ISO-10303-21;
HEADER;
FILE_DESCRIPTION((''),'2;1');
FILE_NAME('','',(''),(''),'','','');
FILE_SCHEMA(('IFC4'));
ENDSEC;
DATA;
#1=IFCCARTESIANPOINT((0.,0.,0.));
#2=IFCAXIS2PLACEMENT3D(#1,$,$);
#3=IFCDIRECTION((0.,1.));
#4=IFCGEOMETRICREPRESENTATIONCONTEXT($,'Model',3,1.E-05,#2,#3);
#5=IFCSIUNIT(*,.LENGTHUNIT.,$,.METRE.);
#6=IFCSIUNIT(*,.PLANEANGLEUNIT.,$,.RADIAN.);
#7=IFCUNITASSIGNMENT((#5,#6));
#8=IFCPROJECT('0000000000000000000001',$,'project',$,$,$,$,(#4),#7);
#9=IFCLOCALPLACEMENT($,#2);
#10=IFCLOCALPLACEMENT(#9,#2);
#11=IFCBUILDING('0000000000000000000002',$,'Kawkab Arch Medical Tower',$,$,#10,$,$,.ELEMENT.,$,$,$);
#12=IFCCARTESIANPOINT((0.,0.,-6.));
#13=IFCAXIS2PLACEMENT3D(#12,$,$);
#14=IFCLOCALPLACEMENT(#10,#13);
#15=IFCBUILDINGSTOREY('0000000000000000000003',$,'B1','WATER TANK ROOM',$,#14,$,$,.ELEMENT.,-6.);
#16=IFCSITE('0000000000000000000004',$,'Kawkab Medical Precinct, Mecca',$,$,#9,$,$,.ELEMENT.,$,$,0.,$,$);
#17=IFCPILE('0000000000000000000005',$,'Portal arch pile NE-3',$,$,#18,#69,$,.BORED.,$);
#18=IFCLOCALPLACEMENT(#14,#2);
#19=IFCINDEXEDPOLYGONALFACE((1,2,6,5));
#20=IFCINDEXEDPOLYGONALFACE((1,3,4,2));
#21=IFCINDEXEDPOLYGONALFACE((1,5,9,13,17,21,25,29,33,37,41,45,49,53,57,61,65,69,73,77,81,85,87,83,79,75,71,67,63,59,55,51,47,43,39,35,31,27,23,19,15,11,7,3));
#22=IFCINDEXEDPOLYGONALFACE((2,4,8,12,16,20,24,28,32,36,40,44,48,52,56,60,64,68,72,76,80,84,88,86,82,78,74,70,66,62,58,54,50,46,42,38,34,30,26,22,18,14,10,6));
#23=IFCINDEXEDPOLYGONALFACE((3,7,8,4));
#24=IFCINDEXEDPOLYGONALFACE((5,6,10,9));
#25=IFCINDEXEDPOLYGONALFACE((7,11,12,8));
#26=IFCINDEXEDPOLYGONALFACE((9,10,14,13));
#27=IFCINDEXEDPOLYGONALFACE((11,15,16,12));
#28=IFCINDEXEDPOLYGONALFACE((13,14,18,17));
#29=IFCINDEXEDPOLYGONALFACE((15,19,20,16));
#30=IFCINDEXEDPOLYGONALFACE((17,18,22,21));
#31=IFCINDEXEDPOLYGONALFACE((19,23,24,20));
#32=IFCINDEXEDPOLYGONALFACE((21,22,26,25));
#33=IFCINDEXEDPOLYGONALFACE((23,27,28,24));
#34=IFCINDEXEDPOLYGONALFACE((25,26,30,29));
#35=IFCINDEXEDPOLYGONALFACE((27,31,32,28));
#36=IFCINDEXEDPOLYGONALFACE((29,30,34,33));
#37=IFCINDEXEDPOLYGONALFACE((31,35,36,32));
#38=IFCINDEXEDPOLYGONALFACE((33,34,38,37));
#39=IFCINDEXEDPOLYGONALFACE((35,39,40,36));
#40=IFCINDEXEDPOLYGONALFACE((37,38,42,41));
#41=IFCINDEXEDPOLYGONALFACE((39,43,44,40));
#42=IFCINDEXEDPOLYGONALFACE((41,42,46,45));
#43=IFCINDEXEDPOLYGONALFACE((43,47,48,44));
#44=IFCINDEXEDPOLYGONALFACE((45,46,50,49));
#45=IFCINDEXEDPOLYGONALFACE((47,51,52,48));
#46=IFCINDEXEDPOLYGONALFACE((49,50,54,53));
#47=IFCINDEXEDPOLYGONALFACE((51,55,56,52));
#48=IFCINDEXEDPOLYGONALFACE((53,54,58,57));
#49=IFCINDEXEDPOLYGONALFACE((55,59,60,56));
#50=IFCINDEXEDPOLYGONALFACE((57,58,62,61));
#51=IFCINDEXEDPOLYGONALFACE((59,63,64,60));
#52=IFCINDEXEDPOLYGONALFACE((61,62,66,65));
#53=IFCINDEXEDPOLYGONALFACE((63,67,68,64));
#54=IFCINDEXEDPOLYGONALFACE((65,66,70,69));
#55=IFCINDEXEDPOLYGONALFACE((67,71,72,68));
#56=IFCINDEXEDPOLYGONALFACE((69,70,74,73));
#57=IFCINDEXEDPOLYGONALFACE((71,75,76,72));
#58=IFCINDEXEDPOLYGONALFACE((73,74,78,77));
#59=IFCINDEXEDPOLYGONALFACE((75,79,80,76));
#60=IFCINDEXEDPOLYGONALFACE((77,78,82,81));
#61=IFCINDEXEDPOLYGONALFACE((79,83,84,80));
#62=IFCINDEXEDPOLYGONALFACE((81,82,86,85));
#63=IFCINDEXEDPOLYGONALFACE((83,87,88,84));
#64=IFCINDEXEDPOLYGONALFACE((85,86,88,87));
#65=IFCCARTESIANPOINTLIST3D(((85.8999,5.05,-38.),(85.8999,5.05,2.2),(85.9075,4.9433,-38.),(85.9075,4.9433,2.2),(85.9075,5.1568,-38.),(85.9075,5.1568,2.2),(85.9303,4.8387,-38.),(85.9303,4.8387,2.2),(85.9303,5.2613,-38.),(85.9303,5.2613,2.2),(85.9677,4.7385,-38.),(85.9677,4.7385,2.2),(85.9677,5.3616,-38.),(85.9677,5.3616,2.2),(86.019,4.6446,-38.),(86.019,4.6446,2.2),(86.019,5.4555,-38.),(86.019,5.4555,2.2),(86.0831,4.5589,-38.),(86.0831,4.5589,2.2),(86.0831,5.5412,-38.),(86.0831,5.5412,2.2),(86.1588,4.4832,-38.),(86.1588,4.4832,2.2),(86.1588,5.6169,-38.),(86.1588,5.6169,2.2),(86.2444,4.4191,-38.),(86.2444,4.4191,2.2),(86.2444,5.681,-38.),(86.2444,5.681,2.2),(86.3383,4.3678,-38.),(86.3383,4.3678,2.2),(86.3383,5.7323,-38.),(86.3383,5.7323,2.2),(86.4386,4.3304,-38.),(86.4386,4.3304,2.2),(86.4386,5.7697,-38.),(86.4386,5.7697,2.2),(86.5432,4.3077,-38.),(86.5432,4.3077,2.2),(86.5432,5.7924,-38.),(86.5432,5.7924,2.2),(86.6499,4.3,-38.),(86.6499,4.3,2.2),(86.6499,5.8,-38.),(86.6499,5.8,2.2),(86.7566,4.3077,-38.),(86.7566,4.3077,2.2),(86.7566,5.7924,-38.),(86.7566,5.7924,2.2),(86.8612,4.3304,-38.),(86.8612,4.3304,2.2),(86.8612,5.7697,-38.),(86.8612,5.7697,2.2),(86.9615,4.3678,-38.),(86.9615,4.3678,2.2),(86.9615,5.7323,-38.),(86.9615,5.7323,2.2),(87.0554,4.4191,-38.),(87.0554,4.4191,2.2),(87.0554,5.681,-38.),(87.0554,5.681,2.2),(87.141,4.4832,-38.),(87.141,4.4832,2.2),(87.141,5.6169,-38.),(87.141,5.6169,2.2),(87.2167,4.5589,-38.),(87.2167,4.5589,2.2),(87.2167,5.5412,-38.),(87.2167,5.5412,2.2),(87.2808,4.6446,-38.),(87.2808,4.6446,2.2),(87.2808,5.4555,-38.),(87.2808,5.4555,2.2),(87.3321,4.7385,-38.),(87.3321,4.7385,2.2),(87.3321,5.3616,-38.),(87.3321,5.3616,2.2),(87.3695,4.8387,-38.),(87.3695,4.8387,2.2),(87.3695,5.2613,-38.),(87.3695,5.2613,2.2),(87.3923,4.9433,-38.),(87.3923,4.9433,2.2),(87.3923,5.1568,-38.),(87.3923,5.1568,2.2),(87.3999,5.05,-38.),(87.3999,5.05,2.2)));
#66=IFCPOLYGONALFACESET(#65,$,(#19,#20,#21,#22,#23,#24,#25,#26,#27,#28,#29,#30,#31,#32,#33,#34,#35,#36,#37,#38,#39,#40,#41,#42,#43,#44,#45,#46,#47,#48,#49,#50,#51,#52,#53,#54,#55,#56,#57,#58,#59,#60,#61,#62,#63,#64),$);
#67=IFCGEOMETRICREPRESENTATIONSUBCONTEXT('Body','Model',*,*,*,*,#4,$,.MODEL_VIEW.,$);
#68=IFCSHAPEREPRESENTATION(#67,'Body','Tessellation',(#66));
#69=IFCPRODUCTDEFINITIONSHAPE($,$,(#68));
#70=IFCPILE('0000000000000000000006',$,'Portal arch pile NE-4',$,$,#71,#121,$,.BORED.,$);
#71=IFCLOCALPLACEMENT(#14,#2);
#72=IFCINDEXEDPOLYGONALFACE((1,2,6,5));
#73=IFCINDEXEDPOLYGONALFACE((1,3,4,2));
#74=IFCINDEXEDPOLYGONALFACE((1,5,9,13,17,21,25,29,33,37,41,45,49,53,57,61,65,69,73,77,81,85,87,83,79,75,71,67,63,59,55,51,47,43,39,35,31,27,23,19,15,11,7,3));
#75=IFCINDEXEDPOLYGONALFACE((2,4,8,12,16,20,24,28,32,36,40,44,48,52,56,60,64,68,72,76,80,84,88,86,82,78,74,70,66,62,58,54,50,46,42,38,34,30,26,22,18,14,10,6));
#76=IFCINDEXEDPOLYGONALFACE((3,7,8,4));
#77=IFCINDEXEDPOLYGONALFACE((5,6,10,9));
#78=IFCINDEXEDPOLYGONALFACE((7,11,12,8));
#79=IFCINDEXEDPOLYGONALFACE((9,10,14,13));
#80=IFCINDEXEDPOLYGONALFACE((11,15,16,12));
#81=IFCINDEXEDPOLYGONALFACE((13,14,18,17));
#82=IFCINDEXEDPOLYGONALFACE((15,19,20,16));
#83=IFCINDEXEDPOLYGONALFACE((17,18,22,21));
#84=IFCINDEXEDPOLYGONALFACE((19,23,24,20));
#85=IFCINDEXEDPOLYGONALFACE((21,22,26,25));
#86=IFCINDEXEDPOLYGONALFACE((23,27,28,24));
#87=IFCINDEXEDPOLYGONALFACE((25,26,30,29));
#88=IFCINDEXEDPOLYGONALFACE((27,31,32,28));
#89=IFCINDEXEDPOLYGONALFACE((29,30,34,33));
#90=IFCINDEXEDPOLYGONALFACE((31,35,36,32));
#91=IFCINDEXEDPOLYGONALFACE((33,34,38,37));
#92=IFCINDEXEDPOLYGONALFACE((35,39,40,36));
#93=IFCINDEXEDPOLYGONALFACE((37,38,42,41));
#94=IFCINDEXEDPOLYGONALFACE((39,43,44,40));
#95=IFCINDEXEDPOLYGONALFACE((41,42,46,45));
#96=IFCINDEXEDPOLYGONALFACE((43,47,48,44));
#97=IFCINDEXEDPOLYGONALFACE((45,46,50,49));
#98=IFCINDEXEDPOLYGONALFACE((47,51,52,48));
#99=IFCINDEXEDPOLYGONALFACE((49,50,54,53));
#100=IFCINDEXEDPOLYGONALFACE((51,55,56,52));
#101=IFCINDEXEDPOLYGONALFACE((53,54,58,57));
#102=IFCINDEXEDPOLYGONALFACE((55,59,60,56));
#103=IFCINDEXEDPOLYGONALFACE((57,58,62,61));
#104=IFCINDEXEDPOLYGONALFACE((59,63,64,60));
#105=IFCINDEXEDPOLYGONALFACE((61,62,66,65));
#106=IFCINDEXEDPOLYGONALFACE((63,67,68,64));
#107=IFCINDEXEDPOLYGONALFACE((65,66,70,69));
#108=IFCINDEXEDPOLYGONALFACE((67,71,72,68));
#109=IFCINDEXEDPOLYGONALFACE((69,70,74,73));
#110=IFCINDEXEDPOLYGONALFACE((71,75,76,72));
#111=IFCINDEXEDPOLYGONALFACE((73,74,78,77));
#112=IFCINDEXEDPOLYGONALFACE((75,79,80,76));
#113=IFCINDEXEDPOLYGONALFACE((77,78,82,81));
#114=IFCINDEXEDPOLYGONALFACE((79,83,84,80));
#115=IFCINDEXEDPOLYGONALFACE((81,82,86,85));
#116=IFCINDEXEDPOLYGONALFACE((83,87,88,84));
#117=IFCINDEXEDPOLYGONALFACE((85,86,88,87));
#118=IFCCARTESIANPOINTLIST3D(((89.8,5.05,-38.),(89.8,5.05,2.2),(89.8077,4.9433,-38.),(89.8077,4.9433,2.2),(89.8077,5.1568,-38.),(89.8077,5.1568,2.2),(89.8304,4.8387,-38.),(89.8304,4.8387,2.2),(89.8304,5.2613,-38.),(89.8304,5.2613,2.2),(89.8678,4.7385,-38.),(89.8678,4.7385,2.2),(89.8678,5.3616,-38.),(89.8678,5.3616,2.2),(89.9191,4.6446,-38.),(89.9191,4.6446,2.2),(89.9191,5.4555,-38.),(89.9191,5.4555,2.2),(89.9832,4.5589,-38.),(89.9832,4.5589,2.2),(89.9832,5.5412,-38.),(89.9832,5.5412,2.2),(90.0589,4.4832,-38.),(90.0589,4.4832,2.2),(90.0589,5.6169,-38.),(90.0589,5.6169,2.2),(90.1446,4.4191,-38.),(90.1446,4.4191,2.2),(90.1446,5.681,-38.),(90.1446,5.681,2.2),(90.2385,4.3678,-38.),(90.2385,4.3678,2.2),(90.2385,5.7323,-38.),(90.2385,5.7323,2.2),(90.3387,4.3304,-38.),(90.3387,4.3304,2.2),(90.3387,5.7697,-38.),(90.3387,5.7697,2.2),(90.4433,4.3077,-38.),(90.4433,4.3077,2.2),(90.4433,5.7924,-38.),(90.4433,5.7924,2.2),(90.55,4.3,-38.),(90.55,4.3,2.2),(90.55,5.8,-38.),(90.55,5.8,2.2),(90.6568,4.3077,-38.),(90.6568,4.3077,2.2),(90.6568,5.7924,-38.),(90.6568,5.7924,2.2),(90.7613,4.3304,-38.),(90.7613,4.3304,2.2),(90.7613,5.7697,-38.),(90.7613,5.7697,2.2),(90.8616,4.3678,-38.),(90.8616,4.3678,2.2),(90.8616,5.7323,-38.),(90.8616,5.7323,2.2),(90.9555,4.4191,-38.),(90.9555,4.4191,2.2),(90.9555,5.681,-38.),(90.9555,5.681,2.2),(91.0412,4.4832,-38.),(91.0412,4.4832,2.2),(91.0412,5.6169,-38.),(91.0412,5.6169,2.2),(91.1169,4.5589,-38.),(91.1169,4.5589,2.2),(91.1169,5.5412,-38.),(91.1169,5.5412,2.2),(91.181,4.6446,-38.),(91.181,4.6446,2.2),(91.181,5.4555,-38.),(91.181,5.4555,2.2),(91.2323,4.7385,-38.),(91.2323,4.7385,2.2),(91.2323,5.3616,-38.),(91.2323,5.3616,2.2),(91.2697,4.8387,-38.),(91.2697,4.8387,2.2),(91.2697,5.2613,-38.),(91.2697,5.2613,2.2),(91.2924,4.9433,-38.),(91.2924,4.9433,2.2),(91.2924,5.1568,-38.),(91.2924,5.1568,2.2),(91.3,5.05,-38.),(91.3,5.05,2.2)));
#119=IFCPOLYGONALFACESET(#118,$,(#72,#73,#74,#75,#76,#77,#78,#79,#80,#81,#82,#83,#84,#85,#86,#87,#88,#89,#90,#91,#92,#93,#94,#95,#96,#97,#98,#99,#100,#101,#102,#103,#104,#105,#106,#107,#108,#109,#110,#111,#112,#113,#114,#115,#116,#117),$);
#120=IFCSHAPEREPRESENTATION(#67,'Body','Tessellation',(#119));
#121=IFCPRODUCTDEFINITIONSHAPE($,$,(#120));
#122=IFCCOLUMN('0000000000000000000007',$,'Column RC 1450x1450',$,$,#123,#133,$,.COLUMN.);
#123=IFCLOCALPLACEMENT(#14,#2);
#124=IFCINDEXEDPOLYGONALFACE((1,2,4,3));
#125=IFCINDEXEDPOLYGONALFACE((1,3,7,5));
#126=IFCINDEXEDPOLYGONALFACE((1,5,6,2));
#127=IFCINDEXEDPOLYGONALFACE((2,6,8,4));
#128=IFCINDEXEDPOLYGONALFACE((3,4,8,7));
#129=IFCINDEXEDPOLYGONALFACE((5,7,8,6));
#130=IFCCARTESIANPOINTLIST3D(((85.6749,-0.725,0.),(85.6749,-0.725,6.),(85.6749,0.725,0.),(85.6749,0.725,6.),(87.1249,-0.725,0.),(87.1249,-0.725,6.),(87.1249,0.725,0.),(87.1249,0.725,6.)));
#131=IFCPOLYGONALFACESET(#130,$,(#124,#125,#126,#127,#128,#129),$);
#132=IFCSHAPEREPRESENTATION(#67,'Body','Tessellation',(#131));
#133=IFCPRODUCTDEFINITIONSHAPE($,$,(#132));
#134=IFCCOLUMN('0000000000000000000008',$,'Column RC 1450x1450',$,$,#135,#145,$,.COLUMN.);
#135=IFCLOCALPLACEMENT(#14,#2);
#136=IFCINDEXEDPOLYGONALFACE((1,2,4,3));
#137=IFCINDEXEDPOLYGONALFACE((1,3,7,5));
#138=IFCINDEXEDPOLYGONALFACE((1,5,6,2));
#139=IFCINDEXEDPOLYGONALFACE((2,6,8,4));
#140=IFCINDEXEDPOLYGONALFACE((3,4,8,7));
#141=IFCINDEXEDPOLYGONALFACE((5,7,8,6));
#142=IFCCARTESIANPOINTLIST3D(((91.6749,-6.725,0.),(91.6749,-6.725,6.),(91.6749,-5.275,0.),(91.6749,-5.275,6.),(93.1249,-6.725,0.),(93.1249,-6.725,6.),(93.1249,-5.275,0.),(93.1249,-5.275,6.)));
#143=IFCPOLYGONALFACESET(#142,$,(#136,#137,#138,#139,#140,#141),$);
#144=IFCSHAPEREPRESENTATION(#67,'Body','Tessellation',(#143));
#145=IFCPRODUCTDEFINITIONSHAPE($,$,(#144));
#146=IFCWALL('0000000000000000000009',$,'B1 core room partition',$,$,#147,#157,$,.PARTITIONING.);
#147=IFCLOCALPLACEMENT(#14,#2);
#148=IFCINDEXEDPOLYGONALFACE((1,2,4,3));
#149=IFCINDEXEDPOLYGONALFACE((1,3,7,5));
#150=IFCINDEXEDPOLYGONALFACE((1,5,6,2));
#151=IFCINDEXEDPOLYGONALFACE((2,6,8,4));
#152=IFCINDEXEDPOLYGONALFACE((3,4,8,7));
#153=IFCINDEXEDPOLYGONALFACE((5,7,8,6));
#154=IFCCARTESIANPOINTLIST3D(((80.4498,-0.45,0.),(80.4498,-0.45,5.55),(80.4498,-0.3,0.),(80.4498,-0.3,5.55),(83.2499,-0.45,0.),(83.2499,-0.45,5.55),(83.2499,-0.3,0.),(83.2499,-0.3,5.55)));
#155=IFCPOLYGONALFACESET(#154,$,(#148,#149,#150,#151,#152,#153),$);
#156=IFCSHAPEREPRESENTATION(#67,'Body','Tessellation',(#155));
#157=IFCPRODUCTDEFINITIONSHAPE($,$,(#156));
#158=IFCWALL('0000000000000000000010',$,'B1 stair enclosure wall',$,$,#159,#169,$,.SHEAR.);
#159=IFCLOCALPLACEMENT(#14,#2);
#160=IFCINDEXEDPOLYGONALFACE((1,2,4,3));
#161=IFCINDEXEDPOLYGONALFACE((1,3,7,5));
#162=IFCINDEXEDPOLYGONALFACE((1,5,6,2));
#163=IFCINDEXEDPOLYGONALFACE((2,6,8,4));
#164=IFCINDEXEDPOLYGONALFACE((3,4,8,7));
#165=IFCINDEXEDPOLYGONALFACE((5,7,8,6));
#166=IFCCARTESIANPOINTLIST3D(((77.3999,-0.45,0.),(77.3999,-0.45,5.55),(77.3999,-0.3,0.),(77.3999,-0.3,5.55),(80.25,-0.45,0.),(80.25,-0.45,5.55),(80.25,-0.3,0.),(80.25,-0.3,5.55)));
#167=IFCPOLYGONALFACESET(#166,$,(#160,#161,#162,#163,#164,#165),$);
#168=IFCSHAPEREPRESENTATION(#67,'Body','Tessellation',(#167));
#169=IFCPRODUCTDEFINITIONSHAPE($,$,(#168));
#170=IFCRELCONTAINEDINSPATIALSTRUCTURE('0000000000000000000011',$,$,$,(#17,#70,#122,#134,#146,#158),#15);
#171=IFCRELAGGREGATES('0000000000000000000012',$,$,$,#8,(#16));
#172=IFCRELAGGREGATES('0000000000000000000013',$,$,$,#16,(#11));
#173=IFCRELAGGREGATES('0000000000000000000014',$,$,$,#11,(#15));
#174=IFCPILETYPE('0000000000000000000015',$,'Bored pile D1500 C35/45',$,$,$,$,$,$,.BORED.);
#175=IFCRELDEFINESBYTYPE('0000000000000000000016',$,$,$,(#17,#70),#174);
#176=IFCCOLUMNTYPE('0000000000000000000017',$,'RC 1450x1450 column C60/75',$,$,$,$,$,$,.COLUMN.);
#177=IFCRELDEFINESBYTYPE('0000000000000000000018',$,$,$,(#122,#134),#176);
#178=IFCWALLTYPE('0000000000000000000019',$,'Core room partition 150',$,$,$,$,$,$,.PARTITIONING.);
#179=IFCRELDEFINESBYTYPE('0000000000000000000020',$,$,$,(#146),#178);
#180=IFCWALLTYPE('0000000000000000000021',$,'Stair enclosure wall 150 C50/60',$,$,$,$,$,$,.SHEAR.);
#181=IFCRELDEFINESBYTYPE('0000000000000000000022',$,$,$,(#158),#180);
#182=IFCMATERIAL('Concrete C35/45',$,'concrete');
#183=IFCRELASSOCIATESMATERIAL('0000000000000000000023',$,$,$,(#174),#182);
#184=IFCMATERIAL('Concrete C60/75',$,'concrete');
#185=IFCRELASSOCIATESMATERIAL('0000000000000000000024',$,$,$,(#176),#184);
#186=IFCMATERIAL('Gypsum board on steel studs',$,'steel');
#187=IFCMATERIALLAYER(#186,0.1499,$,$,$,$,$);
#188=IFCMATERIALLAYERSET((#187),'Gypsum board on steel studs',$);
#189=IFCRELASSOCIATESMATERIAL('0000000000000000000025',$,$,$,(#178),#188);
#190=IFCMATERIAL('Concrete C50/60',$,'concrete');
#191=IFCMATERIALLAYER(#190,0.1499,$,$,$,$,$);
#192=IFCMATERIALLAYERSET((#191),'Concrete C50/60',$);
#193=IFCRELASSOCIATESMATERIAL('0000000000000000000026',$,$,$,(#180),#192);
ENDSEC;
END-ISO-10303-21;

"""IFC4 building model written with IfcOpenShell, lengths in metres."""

from ifc_helpers import new_model, si_unit, direction, frame, frame_2d, origin, origin_2d, place, context, subcontext, project, spatial, rectangle, circle, extrude, material, layer, layer_set, material_profile, profile_set, type_object, element, save


model = new_model("IFC4")

# Units and contexts
model_context = context("Model", 3, precision=1e-05, world=origin(), true_north=direction((0.0, 1.0)))
body_context = subcontext(model_context, "Body", "Model", "MODEL_VIEW")
ifc_project = project(units=[si_unit("LENGTHUNIT", "METRE"), si_unit("PLANEANGLEUNIT", "RADIAN")], contexts=[model_context])

# Site, building, storey
site_placement = place(None, origin())
site = spatial("IfcSite", under=ifc_project, at=site_placement, Name="Kawkab Medical Precinct, Mecca", CompositionType="ELEMENT", RefElevation=0.0)
building_placement = place(site_placement, origin())
building = spatial("IfcBuilding", under=site, at=building_placement, Name="Kawkab Arch Medical Tower", CompositionType="ELEMENT")
storey_placement = place(building_placement, frame((0.0, 0.0, -6.0)))
storey = spatial("IfcBuildingStorey", under=building, at=storey_placement, Name="B1", Description="WATER TANK ROOM", CompositionType="ELEMENT", Elevation=-6.0)

# Piles
ifc_material_1 = material(Name="Concrete C35/45", Category="concrete")
ifc_material_profile_1 = material_profile(ifc_material_1, circle(Radius=0.75, at=origin_2d()), Name="Bored pile D1500")
ifc_profile_set_1 = profile_set([ifc_material_profile_1], Name="Concrete C35/45")
pile_type_1 = type_object("IfcPileType", Name="Bored pile D1500 C35/45", PredefinedType="BORED", material=ifc_profile_set_1)
for number, where, z_axis, x_axis, name in (
    (1, (86.6499, 5.05, 2.2), (0.0, 0.0, -1.0), (1.0, 0.0, 0.0), "Portal arch pile NE-3"),
    (2, (90.55, 5.05, 2.2), (0.0, 0.0, -1.0), (1.0, 0.0, 0.0), "Portal arch pile NE-4"),
):
    element("IfcPile", number, at=place(storey_placement, frame(where, z_axis=z_axis, x_axis=x_axis)), inside=storey, type_object=pile_type_1, Name=name, PredefinedType="BORED", context=body_context, shape_type="SweptSolid", body=[
        extrude(circle(Radius=0.75, at=origin_2d()), origin(), (0.0, 0.0, 1.0), 40.2),
    ])

# Columns
ifc_material_2 = material(Name="Concrete C60/75", Category="concrete")
ifc_material_profile_2 = material_profile(ifc_material_2, rectangle(XDim=1.45, YDim=1.45, at=origin_2d()), Name="RC 1450x1450")
ifc_profile_set_2 = profile_set([ifc_material_profile_2], Name="Concrete C60/75")
column_type = type_object("IfcColumnType", Name="RC 1450x1450 column C60/75", PredefinedType="COLUMN", material=ifc_profile_set_2)
for number, where, z_axis, x_axis, name in (
    (3, (86.3999, 0.0, 0.0), (0.0, 0.0, 1.0), (1.0, 0.0, 0.0), "Column RC 1450x1450"),
    (4, (92.3999, -6.0, 0.0), (0.0, 0.0, 1.0), (1.0, 0.0, 0.0), "Column RC 1450x1450"),
):
    element("IfcColumn", number, at=place(storey_placement, frame(where, z_axis=z_axis, x_axis=x_axis)), inside=storey, type_object=column_type, Name=name, PredefinedType="COLUMN", context=body_context, shape_type="SweptSolid", body=[
        extrude(rectangle(XDim=1.45, YDim=1.45, at=origin_2d()), origin(), (0.0, 0.0, 1.0), 6.0),
    ])

# Walls
ifc_material_3 = material(Name="Gypsum board on steel studs", Category="steel")
ifc_layer_1 = layer(ifc_material_3, 0.1499)
ifc_layer_set_1 = layer_set([ifc_layer_1], Name="Gypsum board on steel studs")
wall_type_1 = type_object("IfcWallType", Name="Core room partition 150", PredefinedType="PARTITIONING", material=ifc_layer_set_1)
wall_1_placement = place(storey_placement, frame((80.45, -0.375, 0.0), z_axis=(0.0, 0.0, 1.0), x_axis=(1.0, 0.0, 0.0)))
element("IfcWall", 5, at=wall_1_placement, inside=storey, type_object=wall_type_1, Name="B1 core room partition", PredefinedType="PARTITIONING", context=body_context, shape_type="SweptSolid", body=[
    extrude(rectangle(XDim=2.8, YDim=0.1499, at=frame_2d((1.3999, 0.0))), origin(), (0.0, 0.0, 1.0), 5.55),
])
ifc_material_4 = material(Name="Concrete C50/60", Category="concrete")
ifc_layer_2 = layer(ifc_material_4, 0.1499)
ifc_layer_set_2 = layer_set([ifc_layer_2], Name="Concrete C50/60")
wall_type_2 = type_object("IfcWallType", Name="Stair enclosure wall 150 C50/60", PredefinedType="SHEAR", material=ifc_layer_set_2)
wall_2_placement = place(storey_placement, frame((77.3999, -0.375, 0.0), z_axis=(0.0, 0.0, 1.0), x_axis=(1.0, 0.0, 0.0)))
element("IfcWall", 6, at=wall_2_placement, inside=storey, type_object=wall_type_2, Name="B1 stair enclosure wall", PredefinedType="SHEAR", context=body_context, shape_type="SweptSolid", body=[
    extrude(rectangle(XDim=2.8501, YDim=0.1499, at=frame_2d((1.425, 0.0))), origin(), (0.0, 0.0, 1.0), 5.55),
])

save(model, "model.ifc")
